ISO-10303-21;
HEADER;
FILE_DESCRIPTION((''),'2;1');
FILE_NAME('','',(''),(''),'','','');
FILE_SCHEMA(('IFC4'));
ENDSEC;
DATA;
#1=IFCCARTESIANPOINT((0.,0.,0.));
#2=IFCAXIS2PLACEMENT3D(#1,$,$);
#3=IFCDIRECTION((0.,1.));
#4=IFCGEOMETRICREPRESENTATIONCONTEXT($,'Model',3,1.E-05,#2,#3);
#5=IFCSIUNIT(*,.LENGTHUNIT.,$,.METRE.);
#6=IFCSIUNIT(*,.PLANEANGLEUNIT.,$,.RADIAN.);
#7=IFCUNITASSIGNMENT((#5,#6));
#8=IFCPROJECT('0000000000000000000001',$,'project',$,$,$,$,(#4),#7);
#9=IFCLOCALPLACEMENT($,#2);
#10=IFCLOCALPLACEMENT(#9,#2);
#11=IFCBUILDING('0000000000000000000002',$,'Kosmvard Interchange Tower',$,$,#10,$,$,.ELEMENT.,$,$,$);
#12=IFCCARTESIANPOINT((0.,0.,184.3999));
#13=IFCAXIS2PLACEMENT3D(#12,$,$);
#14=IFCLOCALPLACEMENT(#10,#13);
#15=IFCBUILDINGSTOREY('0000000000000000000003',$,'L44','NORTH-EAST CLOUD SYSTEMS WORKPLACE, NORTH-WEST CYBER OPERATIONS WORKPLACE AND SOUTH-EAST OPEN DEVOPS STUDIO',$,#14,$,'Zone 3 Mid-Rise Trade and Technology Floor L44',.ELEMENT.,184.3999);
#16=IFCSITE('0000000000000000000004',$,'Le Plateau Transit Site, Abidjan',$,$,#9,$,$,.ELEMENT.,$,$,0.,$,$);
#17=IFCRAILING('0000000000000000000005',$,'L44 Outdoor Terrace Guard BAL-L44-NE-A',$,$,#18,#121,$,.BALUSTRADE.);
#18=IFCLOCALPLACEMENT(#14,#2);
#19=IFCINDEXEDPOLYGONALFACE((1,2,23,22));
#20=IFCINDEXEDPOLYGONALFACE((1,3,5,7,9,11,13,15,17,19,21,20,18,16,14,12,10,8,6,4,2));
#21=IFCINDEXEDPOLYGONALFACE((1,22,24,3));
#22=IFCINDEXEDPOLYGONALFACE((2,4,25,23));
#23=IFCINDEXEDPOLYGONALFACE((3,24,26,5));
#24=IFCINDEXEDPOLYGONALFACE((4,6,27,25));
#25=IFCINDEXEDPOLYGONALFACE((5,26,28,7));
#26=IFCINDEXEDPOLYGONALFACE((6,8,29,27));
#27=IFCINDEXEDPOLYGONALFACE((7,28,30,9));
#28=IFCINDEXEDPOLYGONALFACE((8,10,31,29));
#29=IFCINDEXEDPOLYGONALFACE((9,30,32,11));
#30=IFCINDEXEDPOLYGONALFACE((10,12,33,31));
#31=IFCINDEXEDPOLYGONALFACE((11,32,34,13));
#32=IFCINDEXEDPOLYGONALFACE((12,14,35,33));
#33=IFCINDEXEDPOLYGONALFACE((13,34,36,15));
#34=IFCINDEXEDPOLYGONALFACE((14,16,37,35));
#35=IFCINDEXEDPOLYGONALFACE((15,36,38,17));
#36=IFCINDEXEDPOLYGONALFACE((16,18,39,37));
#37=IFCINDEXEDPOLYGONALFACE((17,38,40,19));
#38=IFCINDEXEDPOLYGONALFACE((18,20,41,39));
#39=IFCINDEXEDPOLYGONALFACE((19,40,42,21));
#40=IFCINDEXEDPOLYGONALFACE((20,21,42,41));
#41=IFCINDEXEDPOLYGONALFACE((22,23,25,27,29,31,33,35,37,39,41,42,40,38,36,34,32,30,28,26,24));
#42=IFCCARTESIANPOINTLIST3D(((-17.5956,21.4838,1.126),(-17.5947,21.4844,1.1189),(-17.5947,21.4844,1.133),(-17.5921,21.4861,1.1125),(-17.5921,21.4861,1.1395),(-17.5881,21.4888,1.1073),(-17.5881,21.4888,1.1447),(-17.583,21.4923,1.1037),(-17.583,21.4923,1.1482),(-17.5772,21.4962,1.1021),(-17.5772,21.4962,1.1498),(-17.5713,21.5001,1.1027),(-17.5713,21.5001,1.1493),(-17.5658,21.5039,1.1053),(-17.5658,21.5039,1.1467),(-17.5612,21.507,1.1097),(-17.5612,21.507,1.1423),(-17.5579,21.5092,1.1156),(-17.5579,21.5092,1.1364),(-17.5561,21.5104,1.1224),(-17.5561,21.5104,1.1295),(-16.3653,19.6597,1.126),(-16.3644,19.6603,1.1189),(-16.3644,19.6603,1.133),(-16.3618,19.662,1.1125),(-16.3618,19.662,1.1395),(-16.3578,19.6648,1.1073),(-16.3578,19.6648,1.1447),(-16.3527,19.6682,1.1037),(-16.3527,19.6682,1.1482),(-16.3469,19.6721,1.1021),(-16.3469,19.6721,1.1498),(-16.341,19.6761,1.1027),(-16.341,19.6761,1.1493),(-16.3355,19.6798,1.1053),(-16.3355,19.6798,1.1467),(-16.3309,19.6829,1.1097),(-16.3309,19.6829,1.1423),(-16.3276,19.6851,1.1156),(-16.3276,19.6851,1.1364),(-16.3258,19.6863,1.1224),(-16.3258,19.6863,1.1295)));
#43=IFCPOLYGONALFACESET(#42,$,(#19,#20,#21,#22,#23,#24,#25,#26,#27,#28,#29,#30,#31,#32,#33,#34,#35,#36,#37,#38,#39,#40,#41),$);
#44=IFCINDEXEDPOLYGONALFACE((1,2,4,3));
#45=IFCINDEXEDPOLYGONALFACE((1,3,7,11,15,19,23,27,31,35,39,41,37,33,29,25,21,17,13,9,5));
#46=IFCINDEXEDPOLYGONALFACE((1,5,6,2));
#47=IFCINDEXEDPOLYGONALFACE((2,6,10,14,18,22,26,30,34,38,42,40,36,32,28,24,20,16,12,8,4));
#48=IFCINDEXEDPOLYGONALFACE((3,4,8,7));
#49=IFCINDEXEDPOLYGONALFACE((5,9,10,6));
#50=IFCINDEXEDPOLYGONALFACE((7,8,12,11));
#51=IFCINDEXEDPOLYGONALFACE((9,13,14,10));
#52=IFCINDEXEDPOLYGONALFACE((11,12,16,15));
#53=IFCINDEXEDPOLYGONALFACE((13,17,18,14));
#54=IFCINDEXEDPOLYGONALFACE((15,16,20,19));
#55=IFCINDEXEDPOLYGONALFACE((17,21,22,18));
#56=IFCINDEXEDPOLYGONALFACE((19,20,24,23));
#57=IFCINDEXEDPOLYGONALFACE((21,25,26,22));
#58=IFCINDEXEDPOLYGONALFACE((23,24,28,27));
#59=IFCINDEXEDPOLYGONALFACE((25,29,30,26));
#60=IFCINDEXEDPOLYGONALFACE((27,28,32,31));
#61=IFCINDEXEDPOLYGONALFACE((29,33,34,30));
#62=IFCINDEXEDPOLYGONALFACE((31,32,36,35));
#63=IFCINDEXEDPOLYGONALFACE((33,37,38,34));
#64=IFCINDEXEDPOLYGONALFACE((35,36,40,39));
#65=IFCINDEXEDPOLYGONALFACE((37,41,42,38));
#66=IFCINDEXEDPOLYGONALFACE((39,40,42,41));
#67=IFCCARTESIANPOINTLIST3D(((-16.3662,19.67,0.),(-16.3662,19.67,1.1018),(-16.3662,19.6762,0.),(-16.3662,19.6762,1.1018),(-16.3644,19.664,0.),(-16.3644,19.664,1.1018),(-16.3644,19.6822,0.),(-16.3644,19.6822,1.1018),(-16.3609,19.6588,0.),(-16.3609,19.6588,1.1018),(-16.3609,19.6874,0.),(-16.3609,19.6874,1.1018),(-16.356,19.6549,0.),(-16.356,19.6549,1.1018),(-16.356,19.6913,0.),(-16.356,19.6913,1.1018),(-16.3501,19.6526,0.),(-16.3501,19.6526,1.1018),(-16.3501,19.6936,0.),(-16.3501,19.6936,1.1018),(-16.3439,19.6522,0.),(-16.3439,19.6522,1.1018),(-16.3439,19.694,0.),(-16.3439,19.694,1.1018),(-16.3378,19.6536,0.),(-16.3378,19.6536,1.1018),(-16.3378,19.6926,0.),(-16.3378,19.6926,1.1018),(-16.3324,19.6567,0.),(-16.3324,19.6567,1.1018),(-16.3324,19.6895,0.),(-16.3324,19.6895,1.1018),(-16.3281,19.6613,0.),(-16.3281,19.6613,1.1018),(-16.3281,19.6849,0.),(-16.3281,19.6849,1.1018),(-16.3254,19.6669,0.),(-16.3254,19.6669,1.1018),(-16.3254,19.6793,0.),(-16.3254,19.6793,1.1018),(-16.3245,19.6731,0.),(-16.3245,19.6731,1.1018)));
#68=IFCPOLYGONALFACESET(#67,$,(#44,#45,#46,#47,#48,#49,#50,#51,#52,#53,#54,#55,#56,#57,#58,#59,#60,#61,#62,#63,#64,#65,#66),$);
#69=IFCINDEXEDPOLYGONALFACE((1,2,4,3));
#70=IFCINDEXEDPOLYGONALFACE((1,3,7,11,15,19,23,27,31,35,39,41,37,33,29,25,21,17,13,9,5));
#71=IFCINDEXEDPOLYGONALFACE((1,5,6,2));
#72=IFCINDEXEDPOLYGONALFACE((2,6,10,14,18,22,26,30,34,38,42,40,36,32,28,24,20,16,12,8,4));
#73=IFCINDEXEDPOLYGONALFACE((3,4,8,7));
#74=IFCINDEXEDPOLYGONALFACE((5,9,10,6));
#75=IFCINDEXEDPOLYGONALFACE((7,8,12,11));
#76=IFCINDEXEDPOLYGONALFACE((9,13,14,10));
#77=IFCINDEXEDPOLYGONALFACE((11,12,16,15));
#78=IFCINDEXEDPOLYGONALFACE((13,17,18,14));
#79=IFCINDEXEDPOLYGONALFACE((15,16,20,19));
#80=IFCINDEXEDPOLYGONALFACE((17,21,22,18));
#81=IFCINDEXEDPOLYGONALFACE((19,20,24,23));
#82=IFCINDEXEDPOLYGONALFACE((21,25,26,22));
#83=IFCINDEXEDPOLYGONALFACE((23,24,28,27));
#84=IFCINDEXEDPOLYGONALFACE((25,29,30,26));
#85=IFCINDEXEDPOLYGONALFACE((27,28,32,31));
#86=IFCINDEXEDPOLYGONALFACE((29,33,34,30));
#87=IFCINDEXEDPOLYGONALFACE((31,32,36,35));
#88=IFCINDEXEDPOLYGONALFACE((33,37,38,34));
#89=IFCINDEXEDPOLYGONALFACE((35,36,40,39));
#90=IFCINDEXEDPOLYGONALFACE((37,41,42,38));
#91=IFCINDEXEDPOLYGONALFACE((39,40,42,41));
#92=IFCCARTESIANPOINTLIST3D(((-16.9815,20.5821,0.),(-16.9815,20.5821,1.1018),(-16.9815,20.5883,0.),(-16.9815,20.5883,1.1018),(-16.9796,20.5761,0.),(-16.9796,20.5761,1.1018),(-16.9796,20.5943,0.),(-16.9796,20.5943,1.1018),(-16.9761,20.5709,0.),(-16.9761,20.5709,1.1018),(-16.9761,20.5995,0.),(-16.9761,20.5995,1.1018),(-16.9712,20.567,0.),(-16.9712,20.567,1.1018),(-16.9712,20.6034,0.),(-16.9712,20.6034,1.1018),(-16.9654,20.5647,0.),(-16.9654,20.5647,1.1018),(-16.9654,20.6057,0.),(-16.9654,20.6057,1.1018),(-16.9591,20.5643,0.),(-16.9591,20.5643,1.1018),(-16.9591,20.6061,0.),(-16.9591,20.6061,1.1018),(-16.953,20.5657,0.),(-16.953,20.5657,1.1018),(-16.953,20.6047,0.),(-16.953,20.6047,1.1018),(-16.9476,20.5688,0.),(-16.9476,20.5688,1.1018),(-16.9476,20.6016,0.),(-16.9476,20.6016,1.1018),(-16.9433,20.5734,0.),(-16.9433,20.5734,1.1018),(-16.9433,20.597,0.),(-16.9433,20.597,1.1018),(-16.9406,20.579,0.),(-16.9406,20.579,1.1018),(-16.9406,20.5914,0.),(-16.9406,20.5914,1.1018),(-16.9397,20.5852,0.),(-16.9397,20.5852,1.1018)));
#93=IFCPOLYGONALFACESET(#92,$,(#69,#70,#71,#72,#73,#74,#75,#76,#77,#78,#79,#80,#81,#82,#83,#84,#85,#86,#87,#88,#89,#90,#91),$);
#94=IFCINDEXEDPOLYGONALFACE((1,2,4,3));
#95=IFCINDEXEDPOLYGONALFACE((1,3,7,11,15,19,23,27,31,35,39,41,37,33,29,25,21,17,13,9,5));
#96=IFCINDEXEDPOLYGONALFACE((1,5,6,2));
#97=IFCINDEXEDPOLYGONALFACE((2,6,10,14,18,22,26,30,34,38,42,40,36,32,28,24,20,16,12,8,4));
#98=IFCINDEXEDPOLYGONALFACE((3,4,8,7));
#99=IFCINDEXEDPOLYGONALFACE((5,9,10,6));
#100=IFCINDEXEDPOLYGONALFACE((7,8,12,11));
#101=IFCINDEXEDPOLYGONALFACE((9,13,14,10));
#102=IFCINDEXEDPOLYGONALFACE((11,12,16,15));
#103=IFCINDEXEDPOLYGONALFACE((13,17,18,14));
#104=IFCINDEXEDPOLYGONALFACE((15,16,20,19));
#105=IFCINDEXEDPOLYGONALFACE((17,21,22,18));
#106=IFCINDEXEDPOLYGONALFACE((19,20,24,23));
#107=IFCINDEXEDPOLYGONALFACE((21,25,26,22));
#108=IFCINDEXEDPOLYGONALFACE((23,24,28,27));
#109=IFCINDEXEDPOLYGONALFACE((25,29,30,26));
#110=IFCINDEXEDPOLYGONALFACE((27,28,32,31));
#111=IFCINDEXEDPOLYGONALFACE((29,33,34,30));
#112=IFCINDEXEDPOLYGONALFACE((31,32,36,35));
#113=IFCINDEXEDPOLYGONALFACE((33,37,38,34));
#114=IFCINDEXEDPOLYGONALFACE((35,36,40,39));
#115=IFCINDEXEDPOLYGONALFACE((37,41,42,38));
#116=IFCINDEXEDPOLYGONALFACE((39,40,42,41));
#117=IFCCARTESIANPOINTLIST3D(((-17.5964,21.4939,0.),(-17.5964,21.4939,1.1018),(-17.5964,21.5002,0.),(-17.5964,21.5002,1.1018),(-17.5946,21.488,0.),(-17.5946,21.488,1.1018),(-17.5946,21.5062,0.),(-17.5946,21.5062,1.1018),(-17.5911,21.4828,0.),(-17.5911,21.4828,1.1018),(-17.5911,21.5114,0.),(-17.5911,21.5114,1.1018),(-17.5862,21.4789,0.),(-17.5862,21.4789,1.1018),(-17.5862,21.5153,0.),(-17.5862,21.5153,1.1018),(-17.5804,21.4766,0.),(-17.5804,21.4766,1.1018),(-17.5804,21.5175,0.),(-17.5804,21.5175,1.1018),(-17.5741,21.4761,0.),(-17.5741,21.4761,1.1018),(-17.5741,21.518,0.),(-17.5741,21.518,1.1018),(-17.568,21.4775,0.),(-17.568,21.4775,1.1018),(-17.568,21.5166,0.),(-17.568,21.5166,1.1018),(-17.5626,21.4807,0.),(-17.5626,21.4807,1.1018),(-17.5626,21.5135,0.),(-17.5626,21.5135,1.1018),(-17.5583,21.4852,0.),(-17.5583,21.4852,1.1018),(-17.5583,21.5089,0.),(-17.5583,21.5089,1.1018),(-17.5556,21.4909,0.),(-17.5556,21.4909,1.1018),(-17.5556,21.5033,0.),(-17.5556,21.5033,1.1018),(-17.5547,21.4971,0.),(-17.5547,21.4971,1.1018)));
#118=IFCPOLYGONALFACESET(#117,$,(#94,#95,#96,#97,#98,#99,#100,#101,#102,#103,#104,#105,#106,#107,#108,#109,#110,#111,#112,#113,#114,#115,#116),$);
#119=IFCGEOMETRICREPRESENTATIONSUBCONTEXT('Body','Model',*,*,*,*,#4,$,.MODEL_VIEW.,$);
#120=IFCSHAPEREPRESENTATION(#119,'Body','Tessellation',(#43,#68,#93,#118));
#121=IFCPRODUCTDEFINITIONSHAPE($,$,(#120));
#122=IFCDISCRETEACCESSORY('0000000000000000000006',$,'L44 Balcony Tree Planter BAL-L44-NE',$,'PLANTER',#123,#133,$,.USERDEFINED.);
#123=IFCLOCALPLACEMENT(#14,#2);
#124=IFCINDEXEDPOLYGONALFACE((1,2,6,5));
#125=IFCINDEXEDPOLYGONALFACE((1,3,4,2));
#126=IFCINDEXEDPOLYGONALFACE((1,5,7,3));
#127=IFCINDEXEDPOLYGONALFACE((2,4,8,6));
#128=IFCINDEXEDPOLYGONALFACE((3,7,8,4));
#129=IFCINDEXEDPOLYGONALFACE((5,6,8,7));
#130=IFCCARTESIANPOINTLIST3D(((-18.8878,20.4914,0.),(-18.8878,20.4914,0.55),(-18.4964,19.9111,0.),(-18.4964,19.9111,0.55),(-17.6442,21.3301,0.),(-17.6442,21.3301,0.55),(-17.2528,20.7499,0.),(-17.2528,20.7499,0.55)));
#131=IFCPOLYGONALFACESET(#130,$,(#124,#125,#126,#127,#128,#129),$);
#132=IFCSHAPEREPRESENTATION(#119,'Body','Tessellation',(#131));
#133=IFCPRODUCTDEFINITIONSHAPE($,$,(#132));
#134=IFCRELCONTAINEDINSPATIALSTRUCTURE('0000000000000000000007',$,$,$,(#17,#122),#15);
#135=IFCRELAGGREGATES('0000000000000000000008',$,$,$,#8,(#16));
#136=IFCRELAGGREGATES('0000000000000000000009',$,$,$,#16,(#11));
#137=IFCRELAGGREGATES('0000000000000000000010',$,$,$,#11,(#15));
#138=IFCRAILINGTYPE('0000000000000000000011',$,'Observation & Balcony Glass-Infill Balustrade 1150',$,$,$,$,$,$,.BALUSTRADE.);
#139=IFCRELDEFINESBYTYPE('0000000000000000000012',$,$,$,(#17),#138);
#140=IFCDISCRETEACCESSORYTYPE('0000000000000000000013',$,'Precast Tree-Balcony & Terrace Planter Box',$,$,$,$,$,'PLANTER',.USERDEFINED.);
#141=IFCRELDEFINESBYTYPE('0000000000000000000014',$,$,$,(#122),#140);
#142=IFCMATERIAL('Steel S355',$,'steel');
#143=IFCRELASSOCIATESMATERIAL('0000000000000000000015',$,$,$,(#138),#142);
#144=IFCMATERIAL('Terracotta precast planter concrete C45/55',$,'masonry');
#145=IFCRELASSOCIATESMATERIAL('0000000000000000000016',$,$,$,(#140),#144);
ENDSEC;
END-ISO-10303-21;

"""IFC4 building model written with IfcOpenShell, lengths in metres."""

from ifc_helpers import new_model, si_unit, direction, frame, origin, origin_2d, place, context, subcontext, project, spatial, rectangle, circle, extrude, source, transform, mapped, material, type_object, element, save


model = new_model("IFC4")

# Units and contexts
model_context = context("Model", 3, precision=1e-05, world=origin(), true_north=direction((0.0, 1.0)))
body_context = subcontext(model_context, "Body", "Model", "MODEL_VIEW")
ifc_project = project(units=[si_unit("LENGTHUNIT", "METRE"), si_unit("PLANEANGLEUNIT", "RADIAN")], contexts=[model_context])

# Site, building, storey
site_placement = place(None, origin())
site = spatial("IfcSite", under=ifc_project, at=site_placement, Name="Le Plateau Transit Site, Abidjan", CompositionType="ELEMENT", RefElevation=0.0)
building_placement = place(site_placement, origin())
building = spatial("IfcBuilding", under=site, at=building_placement, Name="Kosmvard Interchange Tower", CompositionType="ELEMENT")
storey_placement = place(building_placement, frame((0.0, 0.0, 184.3999)))
storey = spatial("IfcBuildingStorey", under=building, at=storey_placement, Name="L44", Description="NORTH-EAST CLOUD SYSTEMS WORKPLACE, NORTH-WEST CYBER OPERATIONS WORKPLACE AND SOUTH-EAST OPEN DEVOPS STUDIO", LongName="Zone 3 Mid-Rise Trade and Technology Floor L44", CompositionType="ELEMENT", Elevation=184.3999)

# Shared definitions
ifc_material_1 = material(Name="Steel S355", Category="steel")

# Railing
railing_type = type_object("IfcRailingType", Name="Observation & Balcony Glass-Infill Balustrade 1150", PredefinedType="BALUSTRADE", material=ifc_material_1)
shared_shape_1 = source(origin(), body_context, "Body", "SweptSolid", [
    extrude(circle(Radius=0.0239, at=origin_2d()), frame((0.0, 0.0, 1.126), z_axis=(-0.559174, 0.829051, 0.0), x_axis=(-0.829051, -0.559174, 0.0)), (0.0, 0.0, 1.0), 2.2002),
    extrude(circle(Radius=0.021, at=origin_2d()), origin(), (0.0, 0.0, 1.0), 1.1018),
    extrude(circle(Radius=0.021, at=origin_2d()), frame((-0.6152, 0.9121, 0.0)), (0.0, 0.0, 1.0), 1.1018),
    extrude(circle(Radius=0.021, at=origin_2d()), frame((-1.2302, 1.824, 0.0)), (0.0, 0.0, 1.0), 1.1018),
])
railing_1_placement = place(storey_placement, frame((-16.3455, 19.6731, 0.0)))
element("IfcRailing", 1, at=railing_1_placement, inside=storey, type_object=railing_type, Name="L44 Outdoor Terrace Guard BAL-L44-NE-A", PredefinedType="BALUSTRADE", context=body_context, shape_type="MappedRepresentation", body=[
    mapped(shared_shape_1, transform((0.0, 0.0, 0.0), scale=1.0)),
])

# Discrete accessory
ifc_material_2 = material(Name="Terracotta precast planter concrete C45/55", Category="masonry")
discrete_accessory_type = type_object("IfcDiscreteAccessoryType", Name="Precast Tree-Balcony & Terrace Planter Box", ElementType="PLANTER", PredefinedType="USERDEFINED", material=ifc_material_2)
shared_shape_2 = source(origin(), body_context, "Body", "SweptSolid", [
    extrude(rectangle(XDim=1.5, YDim=0.7, at=origin_2d()), origin(), (0.0, 0.0, 1.0), 0.55),
])
discrete_accessory_placement = place(storey_placement, frame((-18.0703, 20.6206, 0.0), z_axis=(0.0, 0.0, 1.0), x_axis=(0.829038, 0.559193, 0.0)))
element("IfcDiscreteAccessory", 2, at=discrete_accessory_placement, inside=storey, type_object=discrete_accessory_type, Name="L44 Balcony Tree Planter BAL-L44-NE", ObjectType="PLANTER", PredefinedType="USERDEFINED", context=body_context, shape_type="MappedRepresentation", body=[
    mapped(shared_shape_2, transform((0.0, 0.0, 0.0), scale=1.0)),
])

save(model, "model.ifc")
